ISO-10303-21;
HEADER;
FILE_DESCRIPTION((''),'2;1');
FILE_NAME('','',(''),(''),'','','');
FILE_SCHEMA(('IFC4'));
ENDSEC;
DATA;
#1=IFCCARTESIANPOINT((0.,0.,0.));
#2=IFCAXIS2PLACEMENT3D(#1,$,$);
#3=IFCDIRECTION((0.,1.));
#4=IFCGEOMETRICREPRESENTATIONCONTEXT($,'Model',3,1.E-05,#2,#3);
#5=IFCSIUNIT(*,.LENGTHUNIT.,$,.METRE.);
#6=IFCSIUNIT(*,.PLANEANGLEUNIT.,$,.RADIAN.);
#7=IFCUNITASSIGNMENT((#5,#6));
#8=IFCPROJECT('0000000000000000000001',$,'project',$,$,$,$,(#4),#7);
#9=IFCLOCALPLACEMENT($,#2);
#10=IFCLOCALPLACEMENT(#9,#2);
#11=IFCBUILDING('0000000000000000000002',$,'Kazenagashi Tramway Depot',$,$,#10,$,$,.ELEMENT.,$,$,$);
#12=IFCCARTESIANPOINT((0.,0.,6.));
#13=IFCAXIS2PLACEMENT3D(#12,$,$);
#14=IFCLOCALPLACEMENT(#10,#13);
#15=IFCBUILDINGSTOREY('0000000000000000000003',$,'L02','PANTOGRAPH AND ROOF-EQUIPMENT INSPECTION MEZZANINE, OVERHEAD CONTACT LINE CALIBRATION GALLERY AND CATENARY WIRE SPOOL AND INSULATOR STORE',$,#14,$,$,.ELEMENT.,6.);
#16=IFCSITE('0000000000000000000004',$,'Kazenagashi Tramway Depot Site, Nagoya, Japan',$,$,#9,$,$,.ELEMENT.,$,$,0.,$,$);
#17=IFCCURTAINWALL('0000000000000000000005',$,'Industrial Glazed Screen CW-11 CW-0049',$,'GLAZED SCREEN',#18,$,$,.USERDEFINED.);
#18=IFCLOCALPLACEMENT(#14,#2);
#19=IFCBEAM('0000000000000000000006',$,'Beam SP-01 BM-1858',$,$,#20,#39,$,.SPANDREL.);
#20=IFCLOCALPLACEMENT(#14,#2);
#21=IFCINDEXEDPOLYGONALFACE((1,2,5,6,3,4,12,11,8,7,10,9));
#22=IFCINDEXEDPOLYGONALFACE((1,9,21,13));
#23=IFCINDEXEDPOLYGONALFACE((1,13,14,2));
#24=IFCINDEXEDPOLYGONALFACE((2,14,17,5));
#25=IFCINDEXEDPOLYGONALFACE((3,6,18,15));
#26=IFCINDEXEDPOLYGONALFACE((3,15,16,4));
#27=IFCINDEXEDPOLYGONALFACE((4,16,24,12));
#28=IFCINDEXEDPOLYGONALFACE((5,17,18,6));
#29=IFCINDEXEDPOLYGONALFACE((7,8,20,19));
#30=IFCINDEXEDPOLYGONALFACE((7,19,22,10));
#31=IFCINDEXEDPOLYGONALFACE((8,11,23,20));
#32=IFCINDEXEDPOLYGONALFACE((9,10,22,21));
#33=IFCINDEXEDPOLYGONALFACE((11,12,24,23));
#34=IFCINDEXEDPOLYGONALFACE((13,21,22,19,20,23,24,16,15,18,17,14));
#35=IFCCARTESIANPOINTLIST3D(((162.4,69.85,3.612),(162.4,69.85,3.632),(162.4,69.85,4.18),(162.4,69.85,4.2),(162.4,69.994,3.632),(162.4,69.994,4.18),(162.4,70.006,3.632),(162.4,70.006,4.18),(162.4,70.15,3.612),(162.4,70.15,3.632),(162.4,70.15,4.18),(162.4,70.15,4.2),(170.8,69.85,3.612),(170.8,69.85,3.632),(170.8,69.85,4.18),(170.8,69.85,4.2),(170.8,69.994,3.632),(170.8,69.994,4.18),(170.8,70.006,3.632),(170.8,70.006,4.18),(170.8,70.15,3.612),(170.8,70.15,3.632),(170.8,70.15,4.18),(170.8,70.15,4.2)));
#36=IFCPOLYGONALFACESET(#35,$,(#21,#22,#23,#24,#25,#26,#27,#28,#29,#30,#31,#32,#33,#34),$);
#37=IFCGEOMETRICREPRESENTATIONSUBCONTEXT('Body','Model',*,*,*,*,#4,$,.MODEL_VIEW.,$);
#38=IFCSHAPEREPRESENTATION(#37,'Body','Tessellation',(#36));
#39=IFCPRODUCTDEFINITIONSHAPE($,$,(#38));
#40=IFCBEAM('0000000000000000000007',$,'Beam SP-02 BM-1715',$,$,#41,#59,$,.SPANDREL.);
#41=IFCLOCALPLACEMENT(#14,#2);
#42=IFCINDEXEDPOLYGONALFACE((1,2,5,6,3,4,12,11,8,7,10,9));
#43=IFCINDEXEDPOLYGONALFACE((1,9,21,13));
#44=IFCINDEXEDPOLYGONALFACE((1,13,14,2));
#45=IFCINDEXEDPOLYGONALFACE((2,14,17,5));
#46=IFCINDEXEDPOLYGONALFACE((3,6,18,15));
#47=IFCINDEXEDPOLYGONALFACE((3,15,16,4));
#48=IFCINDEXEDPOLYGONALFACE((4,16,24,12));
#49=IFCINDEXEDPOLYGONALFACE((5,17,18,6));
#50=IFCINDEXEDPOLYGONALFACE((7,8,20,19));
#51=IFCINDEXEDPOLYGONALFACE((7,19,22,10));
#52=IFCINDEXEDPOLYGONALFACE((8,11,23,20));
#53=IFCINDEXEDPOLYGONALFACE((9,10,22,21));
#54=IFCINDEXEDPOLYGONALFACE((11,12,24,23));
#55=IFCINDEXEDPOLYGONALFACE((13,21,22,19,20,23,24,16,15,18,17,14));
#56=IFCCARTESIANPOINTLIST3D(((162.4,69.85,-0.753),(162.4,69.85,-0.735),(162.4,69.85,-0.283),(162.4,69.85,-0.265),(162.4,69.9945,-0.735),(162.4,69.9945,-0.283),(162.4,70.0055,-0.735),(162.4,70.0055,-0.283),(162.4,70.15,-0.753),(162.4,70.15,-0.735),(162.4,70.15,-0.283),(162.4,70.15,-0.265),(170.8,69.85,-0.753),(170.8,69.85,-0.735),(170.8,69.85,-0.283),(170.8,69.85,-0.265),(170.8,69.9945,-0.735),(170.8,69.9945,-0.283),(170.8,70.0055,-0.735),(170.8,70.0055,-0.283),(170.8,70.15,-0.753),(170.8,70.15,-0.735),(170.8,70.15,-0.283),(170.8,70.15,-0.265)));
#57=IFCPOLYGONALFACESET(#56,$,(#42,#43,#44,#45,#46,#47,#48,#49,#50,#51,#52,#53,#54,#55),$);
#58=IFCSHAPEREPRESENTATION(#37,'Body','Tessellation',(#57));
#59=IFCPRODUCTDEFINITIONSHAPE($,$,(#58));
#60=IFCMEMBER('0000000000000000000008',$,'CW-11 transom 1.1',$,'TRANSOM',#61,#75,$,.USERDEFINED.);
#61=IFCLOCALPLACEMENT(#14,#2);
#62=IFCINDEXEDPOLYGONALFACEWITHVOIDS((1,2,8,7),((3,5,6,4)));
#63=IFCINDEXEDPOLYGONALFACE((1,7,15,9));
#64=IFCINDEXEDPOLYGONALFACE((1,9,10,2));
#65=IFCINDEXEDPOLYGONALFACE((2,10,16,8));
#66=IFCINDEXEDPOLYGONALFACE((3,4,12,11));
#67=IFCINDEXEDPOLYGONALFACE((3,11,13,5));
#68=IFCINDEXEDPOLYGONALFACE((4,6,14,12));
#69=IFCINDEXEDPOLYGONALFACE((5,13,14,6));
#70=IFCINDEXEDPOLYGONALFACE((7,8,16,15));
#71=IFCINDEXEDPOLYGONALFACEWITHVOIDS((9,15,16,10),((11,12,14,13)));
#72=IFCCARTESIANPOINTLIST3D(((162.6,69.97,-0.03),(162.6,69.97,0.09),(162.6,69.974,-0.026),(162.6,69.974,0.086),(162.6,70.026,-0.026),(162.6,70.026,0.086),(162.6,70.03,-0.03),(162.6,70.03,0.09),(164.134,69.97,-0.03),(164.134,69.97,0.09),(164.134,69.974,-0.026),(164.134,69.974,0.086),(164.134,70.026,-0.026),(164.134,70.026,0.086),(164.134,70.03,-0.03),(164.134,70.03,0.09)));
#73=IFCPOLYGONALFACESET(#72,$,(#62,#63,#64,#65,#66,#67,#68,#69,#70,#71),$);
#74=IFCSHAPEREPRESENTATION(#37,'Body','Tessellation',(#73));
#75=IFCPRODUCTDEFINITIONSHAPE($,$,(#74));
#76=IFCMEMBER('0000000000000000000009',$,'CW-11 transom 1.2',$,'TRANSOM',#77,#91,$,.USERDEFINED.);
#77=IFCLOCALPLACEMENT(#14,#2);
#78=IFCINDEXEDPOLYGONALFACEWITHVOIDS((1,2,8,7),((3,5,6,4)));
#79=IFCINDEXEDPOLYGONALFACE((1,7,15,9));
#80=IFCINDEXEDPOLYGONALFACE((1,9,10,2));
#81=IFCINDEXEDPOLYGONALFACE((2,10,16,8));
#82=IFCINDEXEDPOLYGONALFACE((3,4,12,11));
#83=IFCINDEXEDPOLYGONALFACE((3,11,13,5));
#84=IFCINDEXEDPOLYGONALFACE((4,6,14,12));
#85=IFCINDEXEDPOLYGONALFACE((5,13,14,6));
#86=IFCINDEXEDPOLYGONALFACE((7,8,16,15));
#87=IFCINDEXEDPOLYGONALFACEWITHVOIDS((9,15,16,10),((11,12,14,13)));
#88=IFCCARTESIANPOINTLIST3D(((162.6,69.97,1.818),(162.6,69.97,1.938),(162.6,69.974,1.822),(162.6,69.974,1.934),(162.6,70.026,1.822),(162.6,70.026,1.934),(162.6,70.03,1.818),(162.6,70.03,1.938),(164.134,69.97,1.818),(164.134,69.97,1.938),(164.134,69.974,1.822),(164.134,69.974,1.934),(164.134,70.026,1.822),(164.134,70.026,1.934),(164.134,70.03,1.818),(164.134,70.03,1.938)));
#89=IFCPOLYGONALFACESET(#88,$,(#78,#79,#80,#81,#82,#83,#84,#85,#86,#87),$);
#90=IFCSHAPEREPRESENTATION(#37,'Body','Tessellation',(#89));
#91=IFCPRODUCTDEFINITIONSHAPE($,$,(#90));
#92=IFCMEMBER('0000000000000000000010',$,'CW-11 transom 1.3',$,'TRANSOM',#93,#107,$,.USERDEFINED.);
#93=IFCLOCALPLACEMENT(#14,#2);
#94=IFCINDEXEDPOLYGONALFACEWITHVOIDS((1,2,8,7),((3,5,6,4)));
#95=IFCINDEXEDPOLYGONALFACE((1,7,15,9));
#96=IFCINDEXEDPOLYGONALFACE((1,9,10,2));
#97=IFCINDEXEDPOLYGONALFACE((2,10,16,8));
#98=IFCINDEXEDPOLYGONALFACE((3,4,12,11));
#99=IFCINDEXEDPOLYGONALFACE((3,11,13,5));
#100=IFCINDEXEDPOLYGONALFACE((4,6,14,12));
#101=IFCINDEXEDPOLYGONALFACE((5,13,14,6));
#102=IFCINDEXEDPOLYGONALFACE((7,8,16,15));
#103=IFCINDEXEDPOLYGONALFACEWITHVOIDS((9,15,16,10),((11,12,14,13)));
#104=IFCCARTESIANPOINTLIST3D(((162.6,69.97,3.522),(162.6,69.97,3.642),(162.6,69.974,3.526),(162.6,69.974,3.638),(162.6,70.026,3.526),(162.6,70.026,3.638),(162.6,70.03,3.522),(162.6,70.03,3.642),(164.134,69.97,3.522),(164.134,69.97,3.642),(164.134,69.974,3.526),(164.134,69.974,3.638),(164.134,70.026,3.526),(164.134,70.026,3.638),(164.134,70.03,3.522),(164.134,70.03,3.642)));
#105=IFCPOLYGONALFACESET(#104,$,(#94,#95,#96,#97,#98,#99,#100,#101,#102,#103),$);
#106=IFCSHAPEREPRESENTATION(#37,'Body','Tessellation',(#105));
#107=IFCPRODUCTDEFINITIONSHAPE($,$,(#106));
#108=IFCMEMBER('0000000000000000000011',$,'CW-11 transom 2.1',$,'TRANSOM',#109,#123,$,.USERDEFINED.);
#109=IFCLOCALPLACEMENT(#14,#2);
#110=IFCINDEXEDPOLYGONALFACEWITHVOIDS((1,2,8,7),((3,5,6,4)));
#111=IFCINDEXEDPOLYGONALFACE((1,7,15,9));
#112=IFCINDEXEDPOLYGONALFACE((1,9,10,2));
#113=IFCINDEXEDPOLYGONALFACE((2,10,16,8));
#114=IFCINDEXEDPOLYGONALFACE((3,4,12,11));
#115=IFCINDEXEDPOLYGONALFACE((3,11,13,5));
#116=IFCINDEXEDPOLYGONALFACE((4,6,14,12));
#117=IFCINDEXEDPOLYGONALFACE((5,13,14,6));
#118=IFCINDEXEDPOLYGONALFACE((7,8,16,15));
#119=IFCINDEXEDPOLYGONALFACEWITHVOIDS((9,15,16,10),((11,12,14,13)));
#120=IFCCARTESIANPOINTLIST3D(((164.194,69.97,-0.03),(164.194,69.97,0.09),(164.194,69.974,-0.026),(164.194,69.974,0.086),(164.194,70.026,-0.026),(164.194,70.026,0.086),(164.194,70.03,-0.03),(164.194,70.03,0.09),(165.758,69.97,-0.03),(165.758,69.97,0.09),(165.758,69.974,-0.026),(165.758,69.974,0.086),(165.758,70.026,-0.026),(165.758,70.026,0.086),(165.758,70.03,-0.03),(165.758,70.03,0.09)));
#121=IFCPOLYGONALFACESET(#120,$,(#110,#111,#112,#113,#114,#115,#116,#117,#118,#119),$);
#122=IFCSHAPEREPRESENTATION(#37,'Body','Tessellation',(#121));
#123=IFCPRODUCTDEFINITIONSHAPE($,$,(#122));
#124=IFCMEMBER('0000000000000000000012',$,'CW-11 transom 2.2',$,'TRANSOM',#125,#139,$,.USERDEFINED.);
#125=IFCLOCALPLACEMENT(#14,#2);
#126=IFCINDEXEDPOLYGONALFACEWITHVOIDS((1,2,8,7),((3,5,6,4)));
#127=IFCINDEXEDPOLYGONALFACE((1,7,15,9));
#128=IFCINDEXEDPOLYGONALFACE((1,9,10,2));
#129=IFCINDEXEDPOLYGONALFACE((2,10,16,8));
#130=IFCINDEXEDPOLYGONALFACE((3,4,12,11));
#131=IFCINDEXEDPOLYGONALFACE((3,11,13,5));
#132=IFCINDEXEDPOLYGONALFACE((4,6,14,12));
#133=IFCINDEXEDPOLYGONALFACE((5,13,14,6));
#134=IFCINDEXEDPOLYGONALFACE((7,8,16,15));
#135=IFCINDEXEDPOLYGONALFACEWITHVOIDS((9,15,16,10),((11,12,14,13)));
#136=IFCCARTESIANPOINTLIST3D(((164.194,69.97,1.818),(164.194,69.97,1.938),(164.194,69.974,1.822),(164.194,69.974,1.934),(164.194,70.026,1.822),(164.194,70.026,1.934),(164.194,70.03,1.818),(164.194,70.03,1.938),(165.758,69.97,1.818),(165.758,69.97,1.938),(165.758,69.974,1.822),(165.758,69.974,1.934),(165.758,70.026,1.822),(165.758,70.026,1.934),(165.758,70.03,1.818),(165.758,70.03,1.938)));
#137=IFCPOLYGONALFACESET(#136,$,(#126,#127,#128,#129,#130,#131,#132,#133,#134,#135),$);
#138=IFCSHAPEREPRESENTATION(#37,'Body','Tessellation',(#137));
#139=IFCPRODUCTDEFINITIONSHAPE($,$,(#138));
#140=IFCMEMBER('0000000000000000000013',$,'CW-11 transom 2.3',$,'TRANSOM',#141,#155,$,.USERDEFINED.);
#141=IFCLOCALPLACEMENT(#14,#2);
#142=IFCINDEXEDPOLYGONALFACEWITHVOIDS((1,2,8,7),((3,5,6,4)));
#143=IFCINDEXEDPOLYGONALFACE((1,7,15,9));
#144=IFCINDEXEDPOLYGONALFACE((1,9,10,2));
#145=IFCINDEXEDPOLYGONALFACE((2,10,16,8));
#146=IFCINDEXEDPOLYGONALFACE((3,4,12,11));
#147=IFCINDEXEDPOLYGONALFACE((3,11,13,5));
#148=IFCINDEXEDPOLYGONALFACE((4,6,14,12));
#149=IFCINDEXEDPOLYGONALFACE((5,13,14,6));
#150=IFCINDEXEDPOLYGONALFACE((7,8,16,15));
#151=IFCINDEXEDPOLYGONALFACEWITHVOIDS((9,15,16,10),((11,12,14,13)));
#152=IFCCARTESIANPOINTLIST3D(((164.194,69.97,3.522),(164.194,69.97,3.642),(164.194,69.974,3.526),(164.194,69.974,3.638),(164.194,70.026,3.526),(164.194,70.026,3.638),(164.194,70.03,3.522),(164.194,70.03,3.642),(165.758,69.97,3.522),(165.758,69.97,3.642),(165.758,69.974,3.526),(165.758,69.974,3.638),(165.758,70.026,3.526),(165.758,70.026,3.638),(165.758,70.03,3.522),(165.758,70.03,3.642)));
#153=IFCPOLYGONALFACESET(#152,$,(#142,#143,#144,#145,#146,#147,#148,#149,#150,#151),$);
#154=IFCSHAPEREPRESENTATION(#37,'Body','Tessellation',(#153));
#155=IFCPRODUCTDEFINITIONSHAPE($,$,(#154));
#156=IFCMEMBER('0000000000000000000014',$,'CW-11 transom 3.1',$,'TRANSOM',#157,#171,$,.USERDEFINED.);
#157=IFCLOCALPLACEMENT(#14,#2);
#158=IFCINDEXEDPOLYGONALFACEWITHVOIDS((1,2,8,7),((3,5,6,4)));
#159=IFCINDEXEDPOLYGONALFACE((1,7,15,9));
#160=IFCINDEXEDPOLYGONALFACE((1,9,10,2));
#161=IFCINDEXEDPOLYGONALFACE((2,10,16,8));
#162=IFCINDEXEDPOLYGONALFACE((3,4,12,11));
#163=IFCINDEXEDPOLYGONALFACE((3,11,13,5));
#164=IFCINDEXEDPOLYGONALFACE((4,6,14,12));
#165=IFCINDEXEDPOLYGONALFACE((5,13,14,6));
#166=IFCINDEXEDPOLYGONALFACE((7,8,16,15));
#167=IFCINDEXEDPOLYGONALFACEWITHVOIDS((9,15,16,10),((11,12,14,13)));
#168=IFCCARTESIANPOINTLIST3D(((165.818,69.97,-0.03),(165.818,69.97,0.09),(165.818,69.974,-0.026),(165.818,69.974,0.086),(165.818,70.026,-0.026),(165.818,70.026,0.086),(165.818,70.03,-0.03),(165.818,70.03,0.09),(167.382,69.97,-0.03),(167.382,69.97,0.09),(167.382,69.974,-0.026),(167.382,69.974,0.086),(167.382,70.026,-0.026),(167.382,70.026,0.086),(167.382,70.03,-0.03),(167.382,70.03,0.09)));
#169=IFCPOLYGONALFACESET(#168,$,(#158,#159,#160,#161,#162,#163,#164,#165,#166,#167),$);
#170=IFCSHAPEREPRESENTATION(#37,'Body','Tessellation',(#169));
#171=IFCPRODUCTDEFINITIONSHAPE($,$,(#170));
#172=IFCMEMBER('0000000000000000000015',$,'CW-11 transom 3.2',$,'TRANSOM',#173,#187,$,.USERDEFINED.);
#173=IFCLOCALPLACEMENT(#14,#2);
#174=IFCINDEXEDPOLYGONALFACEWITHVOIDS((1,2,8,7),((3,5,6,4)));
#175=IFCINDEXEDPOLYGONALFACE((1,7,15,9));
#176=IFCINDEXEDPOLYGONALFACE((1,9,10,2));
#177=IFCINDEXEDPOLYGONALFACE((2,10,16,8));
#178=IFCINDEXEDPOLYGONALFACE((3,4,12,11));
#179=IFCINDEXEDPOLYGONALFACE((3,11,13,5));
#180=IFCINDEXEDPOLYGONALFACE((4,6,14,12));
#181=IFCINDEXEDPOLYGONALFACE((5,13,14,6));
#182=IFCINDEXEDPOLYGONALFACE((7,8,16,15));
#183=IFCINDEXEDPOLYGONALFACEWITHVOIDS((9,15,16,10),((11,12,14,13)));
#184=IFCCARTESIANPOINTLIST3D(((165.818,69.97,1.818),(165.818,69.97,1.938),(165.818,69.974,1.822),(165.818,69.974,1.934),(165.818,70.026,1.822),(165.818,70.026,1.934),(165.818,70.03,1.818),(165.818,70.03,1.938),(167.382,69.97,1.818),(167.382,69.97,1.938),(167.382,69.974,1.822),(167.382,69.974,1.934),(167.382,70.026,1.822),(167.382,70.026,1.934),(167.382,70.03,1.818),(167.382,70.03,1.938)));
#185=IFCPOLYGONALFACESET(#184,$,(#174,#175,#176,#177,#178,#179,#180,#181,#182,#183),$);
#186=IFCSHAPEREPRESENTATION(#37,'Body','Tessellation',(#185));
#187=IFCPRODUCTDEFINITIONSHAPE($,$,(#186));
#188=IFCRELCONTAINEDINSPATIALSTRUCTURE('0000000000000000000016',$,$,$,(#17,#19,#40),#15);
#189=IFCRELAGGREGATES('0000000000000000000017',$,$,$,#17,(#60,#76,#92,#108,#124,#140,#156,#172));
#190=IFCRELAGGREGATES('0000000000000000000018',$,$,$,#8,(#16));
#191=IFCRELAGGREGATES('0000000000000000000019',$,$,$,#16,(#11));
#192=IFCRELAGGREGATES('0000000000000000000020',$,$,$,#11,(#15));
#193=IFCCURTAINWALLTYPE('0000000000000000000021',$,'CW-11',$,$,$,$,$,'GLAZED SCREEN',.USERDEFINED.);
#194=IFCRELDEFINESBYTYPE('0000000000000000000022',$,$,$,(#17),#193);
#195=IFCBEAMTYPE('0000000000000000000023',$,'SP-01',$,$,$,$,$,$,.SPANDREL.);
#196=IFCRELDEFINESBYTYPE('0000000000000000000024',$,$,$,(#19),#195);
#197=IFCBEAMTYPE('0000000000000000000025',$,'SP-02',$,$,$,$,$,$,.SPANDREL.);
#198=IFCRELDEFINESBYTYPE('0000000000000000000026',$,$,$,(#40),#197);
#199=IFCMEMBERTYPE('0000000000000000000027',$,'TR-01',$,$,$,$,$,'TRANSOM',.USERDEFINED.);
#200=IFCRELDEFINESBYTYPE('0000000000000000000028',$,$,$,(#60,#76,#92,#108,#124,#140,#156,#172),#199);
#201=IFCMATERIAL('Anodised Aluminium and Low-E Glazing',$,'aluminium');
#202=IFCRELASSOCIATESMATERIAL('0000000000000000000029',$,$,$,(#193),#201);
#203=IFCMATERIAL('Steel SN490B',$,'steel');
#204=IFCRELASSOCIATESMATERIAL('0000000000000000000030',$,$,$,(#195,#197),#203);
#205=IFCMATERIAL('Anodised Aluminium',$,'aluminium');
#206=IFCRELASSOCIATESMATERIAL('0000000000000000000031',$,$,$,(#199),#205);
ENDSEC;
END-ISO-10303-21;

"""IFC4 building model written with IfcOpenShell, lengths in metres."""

from ifc_helpers import new_model, si_unit, direction, frame, origin, origin_2d, place, context, subcontext, project, spatial, hollow_rectangle, i_section, extrude, material, material_profile, profile_set, type_object, element, aggregate, save


model = new_model("IFC4")

# Units and contexts
model_context = context("Model", 3, precision=1e-05, world=origin(), true_north=direction((0.0, 1.0)))
body_context = subcontext(model_context, "Body", "Model", "MODEL_VIEW")
ifc_project = project(units=[si_unit("LENGTHUNIT", "METRE"), si_unit("PLANEANGLEUNIT", "RADIAN")], contexts=[model_context])

# Site, building, storey
site_placement = place(None, origin())
site = spatial("IfcSite", under=ifc_project, at=site_placement, Name="Kazenagashi Tramway Depot Site, Nagoya, Japan", CompositionType="ELEMENT", RefElevation=0.0)
building_placement = place(site_placement, origin())
building = spatial("IfcBuilding", under=site, at=building_placement, Name="Kazenagashi Tramway Depot", CompositionType="ELEMENT")
storey_placement = place(building_placement, frame((0.0, 0.0, 6.0)))
storey = spatial("IfcBuildingStorey", under=building, at=storey_placement, Name="L02", Description="PANTOGRAPH AND ROOF-EQUIPMENT INSPECTION MEZZANINE, OVERHEAD CONTACT LINE CALIBRATION GALLERY AND CATENARY WIRE SPOOL AND INSULATOR STORE", CompositionType="ELEMENT", Elevation=6.0)

# Shared definitions
ifc_material_1 = material(Name="Steel SN490B", Category="steel")

# Shared definitions
ifc_material_2 = material(Name="Anodised Aluminium and Low-E Glazing", Category="aluminium")
curtain_wall_type = type_object("IfcCurtainWallType", Name="CW-11", ElementType="GLAZED SCREEN", PredefinedType="USERDEFINED", material=ifc_material_2)
ifc_material_3 = material(Name="Anodised Aluminium", Category="aluminium")

# Curtain wall
curtain_wall_1_placement = place(storey_placement, origin())
curtain_wall_1 = element("IfcCurtainWall", 1, at=curtain_wall_1_placement, inside=storey, type_object=curtain_wall_type, Name="Industrial Glazed Screen CW-11 CW-0049", ObjectType="GLAZED SCREEN", PredefinedType="USERDEFINED")

# Beams
ifc_material_profile_1 = material_profile(ifc_material_1, i_section(OverallWidth=0.3, OverallDepth=0.588, WebThickness=0.012, FlangeThickness=0.02, at=origin_2d()), Name="H-588x300x12x20")
ifc_profile_set_1 = profile_set([ifc_material_profile_1], Name="Steel SN490B")
beam_type_1 = type_object("IfcBeamType", Name="SP-01", PredefinedType="SPANDREL", material=ifc_profile_set_1)
beam_1_placement = place(storey_placement, frame((162.4, 70.0, 3.906), z_axis=(1.0, 0.0, 0.0), x_axis=(0.0, 1.0, 0.0)))
element("IfcBeam", 2, at=beam_1_placement, inside=storey, type_object=beam_type_1, Name="Beam SP-01 BM-1858", PredefinedType="SPANDREL", context=body_context, shape_type="SweptSolid", body=[
    extrude(i_section(OverallWidth=0.3, OverallDepth=0.588, WebThickness=0.012, FlangeThickness=0.02, at=origin_2d()), origin(), (0.0, 0.0, 1.0), 8.4),
])
ifc_material_profile_2 = material_profile(ifc_material_1, i_section(OverallWidth=0.3, OverallDepth=0.488, WebThickness=0.011, FlangeThickness=0.018, at=origin_2d()), Name="H-488x300x11x18")
ifc_profile_set_2 = profile_set([ifc_material_profile_2], Name="Steel SN490B")
beam_type_2 = type_object("IfcBeamType", Name="SP-02", PredefinedType="SPANDREL", material=ifc_profile_set_2)
beam_2_placement = place(storey_placement, frame((162.4, 70.0, -0.509), z_axis=(1.0, 0.0, 0.0), x_axis=(0.0, 1.0, 0.0)))
element("IfcBeam", 3, at=beam_2_placement, inside=storey, type_object=beam_type_2, Name="Beam SP-02 BM-1715", PredefinedType="SPANDREL", context=body_context, shape_type="SweptSolid", body=[
    extrude(i_section(OverallWidth=0.3, OverallDepth=0.488, WebThickness=0.011, FlangeThickness=0.018, at=origin_2d()), origin(), (0.0, 0.0, 1.0), 8.4),
])

# Members
ifc_material_profile_3 = material_profile(ifc_material_3, hollow_rectangle(XDim=0.06, YDim=0.12, WallThickness=0.004, at=origin_2d()), Name="RHS-120x60x4")
ifc_profile_set_3 = profile_set([ifc_material_profile_3], Name="Anodised Aluminium")
member_type_1 = type_object("IfcMemberType", Name="TR-01", ElementType="TRANSOM", PredefinedType="USERDEFINED", material=ifc_profile_set_3)
member_1_placement = place(storey_placement, frame((162.6, 70.0, 0.03), z_axis=(1.0, 0.0, 0.0), x_axis=(0.0, 1.0, 0.0)))
member_1 = element("IfcMember", 4, at=member_1_placement, type_object=member_type_1, Name="CW-11 transom 1.1", ObjectType="TRANSOM", PredefinedType="USERDEFINED", context=body_context, shape_type="SweptSolid", body=[
    extrude(hollow_rectangle(XDim=0.06, YDim=0.12, WallThickness=0.004, at=origin_2d()), origin(), (0.0, 0.0, 1.0), 1.534),
])
member_2_placement = place(storey_placement, frame((162.6, 70.0, 1.878), z_axis=(1.0, 0.0, 0.0), x_axis=(0.0, 1.0, 0.0)))
member_2 = element("IfcMember", 5, at=member_2_placement, type_object=member_type_1, Name="CW-11 transom 1.2", ObjectType="TRANSOM", PredefinedType="USERDEFINED", context=body_context, shape_type="SweptSolid", body=[
    extrude(hollow_rectangle(XDim=0.06, YDim=0.12, WallThickness=0.004, at=origin_2d()), origin(), (0.0, 0.0, 1.0), 1.534),
])
member_3_placement = place(storey_placement, frame((162.6, 70.0, 3.582), z_axis=(1.0, 0.0, 0.0), x_axis=(0.0, 1.0, 0.0)))
member_3 = element("IfcMember", 6, at=member_3_placement, type_object=member_type_1, Name="CW-11 transom 1.3", ObjectType="TRANSOM", PredefinedType="USERDEFINED", context=body_context, shape_type="SweptSolid", body=[
    extrude(hollow_rectangle(XDim=0.06, YDim=0.12, WallThickness=0.004, at=origin_2d()), origin(), (0.0, 0.0, 1.0), 1.534),
])
member_4_placement = place(storey_placement, frame((164.194, 70.0, 0.03), z_axis=(1.0, 0.0, 0.0), x_axis=(0.0, 1.0, 0.0)))
member_4 = element("IfcMember", 7, at=member_4_placement, type_object=member_type_1, Name="CW-11 transom 2.1", ObjectType="TRANSOM", PredefinedType="USERDEFINED", context=body_context, shape_type="SweptSolid", body=[
    extrude(hollow_rectangle(XDim=0.06, YDim=0.12, WallThickness=0.004, at=origin_2d()), origin(), (0.0, 0.0, 1.0), 1.564),
])
member_5_placement = place(storey_placement, frame((164.194, 70.0, 1.878), z_axis=(1.0, 0.0, 0.0), x_axis=(0.0, 1.0, 0.0)))
member_5 = element("IfcMember", 8, at=member_5_placement, type_object=member_type_1, Name="CW-11 transom 2.2", ObjectType="TRANSOM", PredefinedType="USERDEFINED", context=body_context, shape_type="SweptSolid", body=[
    extrude(hollow_rectangle(XDim=0.06, YDim=0.12, WallThickness=0.004, at=origin_2d()), origin(), (0.0, 0.0, 1.0), 1.564),
])
member_6_placement = place(storey_placement, frame((164.194, 70.0, 3.582), z_axis=(1.0, 0.0, 0.0), x_axis=(0.0, 1.0, 0.0)))
member_6 = element("IfcMember", 9, at=member_6_placement, type_object=member_type_1, Name="CW-11 transom 2.3", ObjectType="TRANSOM", PredefinedType="USERDEFINED", context=body_context, shape_type="SweptSolid", body=[
    extrude(hollow_rectangle(XDim=0.06, YDim=0.12, WallThickness=0.004, at=origin_2d()), origin(), (0.0, 0.0, 1.0), 1.564),
])
member_7_placement = place(storey_placement, frame((165.818, 70.0, 0.03), z_axis=(1.0, 0.0, 0.0), x_axis=(0.0, 1.0, 0.0)))
member_7 = element("IfcMember", 10, at=member_7_placement, type_object=member_type_1, Name="CW-11 transom 3.1", ObjectType="TRANSOM", PredefinedType="USERDEFINED", context=body_context, shape_type="SweptSolid", body=[
    extrude(hollow_rectangle(XDim=0.06, YDim=0.12, WallThickness=0.004, at=origin_2d()), origin(), (0.0, 0.0, 1.0), 1.564),
])
member_8_placement = place(storey_placement, frame((165.818, 70.0, 1.878), z_axis=(1.0, 0.0, 0.0), x_axis=(0.0, 1.0, 0.0)))
member_8 = element("IfcMember", 11, at=member_8_placement, type_object=member_type_1, Name="CW-11 transom 3.2", ObjectType="TRANSOM", PredefinedType="USERDEFINED", context=body_context, shape_type="SweptSolid", body=[
    extrude(hollow_rectangle(XDim=0.06, YDim=0.12, WallThickness=0.004, at=origin_2d()), origin(), (0.0, 0.0, 1.0), 1.564),
])

aggregate(curtain_wall_1, [member_1, member_2, member_3, member_4, member_5, member_6, member_7, member_8])

save(model, "model.ifc")
